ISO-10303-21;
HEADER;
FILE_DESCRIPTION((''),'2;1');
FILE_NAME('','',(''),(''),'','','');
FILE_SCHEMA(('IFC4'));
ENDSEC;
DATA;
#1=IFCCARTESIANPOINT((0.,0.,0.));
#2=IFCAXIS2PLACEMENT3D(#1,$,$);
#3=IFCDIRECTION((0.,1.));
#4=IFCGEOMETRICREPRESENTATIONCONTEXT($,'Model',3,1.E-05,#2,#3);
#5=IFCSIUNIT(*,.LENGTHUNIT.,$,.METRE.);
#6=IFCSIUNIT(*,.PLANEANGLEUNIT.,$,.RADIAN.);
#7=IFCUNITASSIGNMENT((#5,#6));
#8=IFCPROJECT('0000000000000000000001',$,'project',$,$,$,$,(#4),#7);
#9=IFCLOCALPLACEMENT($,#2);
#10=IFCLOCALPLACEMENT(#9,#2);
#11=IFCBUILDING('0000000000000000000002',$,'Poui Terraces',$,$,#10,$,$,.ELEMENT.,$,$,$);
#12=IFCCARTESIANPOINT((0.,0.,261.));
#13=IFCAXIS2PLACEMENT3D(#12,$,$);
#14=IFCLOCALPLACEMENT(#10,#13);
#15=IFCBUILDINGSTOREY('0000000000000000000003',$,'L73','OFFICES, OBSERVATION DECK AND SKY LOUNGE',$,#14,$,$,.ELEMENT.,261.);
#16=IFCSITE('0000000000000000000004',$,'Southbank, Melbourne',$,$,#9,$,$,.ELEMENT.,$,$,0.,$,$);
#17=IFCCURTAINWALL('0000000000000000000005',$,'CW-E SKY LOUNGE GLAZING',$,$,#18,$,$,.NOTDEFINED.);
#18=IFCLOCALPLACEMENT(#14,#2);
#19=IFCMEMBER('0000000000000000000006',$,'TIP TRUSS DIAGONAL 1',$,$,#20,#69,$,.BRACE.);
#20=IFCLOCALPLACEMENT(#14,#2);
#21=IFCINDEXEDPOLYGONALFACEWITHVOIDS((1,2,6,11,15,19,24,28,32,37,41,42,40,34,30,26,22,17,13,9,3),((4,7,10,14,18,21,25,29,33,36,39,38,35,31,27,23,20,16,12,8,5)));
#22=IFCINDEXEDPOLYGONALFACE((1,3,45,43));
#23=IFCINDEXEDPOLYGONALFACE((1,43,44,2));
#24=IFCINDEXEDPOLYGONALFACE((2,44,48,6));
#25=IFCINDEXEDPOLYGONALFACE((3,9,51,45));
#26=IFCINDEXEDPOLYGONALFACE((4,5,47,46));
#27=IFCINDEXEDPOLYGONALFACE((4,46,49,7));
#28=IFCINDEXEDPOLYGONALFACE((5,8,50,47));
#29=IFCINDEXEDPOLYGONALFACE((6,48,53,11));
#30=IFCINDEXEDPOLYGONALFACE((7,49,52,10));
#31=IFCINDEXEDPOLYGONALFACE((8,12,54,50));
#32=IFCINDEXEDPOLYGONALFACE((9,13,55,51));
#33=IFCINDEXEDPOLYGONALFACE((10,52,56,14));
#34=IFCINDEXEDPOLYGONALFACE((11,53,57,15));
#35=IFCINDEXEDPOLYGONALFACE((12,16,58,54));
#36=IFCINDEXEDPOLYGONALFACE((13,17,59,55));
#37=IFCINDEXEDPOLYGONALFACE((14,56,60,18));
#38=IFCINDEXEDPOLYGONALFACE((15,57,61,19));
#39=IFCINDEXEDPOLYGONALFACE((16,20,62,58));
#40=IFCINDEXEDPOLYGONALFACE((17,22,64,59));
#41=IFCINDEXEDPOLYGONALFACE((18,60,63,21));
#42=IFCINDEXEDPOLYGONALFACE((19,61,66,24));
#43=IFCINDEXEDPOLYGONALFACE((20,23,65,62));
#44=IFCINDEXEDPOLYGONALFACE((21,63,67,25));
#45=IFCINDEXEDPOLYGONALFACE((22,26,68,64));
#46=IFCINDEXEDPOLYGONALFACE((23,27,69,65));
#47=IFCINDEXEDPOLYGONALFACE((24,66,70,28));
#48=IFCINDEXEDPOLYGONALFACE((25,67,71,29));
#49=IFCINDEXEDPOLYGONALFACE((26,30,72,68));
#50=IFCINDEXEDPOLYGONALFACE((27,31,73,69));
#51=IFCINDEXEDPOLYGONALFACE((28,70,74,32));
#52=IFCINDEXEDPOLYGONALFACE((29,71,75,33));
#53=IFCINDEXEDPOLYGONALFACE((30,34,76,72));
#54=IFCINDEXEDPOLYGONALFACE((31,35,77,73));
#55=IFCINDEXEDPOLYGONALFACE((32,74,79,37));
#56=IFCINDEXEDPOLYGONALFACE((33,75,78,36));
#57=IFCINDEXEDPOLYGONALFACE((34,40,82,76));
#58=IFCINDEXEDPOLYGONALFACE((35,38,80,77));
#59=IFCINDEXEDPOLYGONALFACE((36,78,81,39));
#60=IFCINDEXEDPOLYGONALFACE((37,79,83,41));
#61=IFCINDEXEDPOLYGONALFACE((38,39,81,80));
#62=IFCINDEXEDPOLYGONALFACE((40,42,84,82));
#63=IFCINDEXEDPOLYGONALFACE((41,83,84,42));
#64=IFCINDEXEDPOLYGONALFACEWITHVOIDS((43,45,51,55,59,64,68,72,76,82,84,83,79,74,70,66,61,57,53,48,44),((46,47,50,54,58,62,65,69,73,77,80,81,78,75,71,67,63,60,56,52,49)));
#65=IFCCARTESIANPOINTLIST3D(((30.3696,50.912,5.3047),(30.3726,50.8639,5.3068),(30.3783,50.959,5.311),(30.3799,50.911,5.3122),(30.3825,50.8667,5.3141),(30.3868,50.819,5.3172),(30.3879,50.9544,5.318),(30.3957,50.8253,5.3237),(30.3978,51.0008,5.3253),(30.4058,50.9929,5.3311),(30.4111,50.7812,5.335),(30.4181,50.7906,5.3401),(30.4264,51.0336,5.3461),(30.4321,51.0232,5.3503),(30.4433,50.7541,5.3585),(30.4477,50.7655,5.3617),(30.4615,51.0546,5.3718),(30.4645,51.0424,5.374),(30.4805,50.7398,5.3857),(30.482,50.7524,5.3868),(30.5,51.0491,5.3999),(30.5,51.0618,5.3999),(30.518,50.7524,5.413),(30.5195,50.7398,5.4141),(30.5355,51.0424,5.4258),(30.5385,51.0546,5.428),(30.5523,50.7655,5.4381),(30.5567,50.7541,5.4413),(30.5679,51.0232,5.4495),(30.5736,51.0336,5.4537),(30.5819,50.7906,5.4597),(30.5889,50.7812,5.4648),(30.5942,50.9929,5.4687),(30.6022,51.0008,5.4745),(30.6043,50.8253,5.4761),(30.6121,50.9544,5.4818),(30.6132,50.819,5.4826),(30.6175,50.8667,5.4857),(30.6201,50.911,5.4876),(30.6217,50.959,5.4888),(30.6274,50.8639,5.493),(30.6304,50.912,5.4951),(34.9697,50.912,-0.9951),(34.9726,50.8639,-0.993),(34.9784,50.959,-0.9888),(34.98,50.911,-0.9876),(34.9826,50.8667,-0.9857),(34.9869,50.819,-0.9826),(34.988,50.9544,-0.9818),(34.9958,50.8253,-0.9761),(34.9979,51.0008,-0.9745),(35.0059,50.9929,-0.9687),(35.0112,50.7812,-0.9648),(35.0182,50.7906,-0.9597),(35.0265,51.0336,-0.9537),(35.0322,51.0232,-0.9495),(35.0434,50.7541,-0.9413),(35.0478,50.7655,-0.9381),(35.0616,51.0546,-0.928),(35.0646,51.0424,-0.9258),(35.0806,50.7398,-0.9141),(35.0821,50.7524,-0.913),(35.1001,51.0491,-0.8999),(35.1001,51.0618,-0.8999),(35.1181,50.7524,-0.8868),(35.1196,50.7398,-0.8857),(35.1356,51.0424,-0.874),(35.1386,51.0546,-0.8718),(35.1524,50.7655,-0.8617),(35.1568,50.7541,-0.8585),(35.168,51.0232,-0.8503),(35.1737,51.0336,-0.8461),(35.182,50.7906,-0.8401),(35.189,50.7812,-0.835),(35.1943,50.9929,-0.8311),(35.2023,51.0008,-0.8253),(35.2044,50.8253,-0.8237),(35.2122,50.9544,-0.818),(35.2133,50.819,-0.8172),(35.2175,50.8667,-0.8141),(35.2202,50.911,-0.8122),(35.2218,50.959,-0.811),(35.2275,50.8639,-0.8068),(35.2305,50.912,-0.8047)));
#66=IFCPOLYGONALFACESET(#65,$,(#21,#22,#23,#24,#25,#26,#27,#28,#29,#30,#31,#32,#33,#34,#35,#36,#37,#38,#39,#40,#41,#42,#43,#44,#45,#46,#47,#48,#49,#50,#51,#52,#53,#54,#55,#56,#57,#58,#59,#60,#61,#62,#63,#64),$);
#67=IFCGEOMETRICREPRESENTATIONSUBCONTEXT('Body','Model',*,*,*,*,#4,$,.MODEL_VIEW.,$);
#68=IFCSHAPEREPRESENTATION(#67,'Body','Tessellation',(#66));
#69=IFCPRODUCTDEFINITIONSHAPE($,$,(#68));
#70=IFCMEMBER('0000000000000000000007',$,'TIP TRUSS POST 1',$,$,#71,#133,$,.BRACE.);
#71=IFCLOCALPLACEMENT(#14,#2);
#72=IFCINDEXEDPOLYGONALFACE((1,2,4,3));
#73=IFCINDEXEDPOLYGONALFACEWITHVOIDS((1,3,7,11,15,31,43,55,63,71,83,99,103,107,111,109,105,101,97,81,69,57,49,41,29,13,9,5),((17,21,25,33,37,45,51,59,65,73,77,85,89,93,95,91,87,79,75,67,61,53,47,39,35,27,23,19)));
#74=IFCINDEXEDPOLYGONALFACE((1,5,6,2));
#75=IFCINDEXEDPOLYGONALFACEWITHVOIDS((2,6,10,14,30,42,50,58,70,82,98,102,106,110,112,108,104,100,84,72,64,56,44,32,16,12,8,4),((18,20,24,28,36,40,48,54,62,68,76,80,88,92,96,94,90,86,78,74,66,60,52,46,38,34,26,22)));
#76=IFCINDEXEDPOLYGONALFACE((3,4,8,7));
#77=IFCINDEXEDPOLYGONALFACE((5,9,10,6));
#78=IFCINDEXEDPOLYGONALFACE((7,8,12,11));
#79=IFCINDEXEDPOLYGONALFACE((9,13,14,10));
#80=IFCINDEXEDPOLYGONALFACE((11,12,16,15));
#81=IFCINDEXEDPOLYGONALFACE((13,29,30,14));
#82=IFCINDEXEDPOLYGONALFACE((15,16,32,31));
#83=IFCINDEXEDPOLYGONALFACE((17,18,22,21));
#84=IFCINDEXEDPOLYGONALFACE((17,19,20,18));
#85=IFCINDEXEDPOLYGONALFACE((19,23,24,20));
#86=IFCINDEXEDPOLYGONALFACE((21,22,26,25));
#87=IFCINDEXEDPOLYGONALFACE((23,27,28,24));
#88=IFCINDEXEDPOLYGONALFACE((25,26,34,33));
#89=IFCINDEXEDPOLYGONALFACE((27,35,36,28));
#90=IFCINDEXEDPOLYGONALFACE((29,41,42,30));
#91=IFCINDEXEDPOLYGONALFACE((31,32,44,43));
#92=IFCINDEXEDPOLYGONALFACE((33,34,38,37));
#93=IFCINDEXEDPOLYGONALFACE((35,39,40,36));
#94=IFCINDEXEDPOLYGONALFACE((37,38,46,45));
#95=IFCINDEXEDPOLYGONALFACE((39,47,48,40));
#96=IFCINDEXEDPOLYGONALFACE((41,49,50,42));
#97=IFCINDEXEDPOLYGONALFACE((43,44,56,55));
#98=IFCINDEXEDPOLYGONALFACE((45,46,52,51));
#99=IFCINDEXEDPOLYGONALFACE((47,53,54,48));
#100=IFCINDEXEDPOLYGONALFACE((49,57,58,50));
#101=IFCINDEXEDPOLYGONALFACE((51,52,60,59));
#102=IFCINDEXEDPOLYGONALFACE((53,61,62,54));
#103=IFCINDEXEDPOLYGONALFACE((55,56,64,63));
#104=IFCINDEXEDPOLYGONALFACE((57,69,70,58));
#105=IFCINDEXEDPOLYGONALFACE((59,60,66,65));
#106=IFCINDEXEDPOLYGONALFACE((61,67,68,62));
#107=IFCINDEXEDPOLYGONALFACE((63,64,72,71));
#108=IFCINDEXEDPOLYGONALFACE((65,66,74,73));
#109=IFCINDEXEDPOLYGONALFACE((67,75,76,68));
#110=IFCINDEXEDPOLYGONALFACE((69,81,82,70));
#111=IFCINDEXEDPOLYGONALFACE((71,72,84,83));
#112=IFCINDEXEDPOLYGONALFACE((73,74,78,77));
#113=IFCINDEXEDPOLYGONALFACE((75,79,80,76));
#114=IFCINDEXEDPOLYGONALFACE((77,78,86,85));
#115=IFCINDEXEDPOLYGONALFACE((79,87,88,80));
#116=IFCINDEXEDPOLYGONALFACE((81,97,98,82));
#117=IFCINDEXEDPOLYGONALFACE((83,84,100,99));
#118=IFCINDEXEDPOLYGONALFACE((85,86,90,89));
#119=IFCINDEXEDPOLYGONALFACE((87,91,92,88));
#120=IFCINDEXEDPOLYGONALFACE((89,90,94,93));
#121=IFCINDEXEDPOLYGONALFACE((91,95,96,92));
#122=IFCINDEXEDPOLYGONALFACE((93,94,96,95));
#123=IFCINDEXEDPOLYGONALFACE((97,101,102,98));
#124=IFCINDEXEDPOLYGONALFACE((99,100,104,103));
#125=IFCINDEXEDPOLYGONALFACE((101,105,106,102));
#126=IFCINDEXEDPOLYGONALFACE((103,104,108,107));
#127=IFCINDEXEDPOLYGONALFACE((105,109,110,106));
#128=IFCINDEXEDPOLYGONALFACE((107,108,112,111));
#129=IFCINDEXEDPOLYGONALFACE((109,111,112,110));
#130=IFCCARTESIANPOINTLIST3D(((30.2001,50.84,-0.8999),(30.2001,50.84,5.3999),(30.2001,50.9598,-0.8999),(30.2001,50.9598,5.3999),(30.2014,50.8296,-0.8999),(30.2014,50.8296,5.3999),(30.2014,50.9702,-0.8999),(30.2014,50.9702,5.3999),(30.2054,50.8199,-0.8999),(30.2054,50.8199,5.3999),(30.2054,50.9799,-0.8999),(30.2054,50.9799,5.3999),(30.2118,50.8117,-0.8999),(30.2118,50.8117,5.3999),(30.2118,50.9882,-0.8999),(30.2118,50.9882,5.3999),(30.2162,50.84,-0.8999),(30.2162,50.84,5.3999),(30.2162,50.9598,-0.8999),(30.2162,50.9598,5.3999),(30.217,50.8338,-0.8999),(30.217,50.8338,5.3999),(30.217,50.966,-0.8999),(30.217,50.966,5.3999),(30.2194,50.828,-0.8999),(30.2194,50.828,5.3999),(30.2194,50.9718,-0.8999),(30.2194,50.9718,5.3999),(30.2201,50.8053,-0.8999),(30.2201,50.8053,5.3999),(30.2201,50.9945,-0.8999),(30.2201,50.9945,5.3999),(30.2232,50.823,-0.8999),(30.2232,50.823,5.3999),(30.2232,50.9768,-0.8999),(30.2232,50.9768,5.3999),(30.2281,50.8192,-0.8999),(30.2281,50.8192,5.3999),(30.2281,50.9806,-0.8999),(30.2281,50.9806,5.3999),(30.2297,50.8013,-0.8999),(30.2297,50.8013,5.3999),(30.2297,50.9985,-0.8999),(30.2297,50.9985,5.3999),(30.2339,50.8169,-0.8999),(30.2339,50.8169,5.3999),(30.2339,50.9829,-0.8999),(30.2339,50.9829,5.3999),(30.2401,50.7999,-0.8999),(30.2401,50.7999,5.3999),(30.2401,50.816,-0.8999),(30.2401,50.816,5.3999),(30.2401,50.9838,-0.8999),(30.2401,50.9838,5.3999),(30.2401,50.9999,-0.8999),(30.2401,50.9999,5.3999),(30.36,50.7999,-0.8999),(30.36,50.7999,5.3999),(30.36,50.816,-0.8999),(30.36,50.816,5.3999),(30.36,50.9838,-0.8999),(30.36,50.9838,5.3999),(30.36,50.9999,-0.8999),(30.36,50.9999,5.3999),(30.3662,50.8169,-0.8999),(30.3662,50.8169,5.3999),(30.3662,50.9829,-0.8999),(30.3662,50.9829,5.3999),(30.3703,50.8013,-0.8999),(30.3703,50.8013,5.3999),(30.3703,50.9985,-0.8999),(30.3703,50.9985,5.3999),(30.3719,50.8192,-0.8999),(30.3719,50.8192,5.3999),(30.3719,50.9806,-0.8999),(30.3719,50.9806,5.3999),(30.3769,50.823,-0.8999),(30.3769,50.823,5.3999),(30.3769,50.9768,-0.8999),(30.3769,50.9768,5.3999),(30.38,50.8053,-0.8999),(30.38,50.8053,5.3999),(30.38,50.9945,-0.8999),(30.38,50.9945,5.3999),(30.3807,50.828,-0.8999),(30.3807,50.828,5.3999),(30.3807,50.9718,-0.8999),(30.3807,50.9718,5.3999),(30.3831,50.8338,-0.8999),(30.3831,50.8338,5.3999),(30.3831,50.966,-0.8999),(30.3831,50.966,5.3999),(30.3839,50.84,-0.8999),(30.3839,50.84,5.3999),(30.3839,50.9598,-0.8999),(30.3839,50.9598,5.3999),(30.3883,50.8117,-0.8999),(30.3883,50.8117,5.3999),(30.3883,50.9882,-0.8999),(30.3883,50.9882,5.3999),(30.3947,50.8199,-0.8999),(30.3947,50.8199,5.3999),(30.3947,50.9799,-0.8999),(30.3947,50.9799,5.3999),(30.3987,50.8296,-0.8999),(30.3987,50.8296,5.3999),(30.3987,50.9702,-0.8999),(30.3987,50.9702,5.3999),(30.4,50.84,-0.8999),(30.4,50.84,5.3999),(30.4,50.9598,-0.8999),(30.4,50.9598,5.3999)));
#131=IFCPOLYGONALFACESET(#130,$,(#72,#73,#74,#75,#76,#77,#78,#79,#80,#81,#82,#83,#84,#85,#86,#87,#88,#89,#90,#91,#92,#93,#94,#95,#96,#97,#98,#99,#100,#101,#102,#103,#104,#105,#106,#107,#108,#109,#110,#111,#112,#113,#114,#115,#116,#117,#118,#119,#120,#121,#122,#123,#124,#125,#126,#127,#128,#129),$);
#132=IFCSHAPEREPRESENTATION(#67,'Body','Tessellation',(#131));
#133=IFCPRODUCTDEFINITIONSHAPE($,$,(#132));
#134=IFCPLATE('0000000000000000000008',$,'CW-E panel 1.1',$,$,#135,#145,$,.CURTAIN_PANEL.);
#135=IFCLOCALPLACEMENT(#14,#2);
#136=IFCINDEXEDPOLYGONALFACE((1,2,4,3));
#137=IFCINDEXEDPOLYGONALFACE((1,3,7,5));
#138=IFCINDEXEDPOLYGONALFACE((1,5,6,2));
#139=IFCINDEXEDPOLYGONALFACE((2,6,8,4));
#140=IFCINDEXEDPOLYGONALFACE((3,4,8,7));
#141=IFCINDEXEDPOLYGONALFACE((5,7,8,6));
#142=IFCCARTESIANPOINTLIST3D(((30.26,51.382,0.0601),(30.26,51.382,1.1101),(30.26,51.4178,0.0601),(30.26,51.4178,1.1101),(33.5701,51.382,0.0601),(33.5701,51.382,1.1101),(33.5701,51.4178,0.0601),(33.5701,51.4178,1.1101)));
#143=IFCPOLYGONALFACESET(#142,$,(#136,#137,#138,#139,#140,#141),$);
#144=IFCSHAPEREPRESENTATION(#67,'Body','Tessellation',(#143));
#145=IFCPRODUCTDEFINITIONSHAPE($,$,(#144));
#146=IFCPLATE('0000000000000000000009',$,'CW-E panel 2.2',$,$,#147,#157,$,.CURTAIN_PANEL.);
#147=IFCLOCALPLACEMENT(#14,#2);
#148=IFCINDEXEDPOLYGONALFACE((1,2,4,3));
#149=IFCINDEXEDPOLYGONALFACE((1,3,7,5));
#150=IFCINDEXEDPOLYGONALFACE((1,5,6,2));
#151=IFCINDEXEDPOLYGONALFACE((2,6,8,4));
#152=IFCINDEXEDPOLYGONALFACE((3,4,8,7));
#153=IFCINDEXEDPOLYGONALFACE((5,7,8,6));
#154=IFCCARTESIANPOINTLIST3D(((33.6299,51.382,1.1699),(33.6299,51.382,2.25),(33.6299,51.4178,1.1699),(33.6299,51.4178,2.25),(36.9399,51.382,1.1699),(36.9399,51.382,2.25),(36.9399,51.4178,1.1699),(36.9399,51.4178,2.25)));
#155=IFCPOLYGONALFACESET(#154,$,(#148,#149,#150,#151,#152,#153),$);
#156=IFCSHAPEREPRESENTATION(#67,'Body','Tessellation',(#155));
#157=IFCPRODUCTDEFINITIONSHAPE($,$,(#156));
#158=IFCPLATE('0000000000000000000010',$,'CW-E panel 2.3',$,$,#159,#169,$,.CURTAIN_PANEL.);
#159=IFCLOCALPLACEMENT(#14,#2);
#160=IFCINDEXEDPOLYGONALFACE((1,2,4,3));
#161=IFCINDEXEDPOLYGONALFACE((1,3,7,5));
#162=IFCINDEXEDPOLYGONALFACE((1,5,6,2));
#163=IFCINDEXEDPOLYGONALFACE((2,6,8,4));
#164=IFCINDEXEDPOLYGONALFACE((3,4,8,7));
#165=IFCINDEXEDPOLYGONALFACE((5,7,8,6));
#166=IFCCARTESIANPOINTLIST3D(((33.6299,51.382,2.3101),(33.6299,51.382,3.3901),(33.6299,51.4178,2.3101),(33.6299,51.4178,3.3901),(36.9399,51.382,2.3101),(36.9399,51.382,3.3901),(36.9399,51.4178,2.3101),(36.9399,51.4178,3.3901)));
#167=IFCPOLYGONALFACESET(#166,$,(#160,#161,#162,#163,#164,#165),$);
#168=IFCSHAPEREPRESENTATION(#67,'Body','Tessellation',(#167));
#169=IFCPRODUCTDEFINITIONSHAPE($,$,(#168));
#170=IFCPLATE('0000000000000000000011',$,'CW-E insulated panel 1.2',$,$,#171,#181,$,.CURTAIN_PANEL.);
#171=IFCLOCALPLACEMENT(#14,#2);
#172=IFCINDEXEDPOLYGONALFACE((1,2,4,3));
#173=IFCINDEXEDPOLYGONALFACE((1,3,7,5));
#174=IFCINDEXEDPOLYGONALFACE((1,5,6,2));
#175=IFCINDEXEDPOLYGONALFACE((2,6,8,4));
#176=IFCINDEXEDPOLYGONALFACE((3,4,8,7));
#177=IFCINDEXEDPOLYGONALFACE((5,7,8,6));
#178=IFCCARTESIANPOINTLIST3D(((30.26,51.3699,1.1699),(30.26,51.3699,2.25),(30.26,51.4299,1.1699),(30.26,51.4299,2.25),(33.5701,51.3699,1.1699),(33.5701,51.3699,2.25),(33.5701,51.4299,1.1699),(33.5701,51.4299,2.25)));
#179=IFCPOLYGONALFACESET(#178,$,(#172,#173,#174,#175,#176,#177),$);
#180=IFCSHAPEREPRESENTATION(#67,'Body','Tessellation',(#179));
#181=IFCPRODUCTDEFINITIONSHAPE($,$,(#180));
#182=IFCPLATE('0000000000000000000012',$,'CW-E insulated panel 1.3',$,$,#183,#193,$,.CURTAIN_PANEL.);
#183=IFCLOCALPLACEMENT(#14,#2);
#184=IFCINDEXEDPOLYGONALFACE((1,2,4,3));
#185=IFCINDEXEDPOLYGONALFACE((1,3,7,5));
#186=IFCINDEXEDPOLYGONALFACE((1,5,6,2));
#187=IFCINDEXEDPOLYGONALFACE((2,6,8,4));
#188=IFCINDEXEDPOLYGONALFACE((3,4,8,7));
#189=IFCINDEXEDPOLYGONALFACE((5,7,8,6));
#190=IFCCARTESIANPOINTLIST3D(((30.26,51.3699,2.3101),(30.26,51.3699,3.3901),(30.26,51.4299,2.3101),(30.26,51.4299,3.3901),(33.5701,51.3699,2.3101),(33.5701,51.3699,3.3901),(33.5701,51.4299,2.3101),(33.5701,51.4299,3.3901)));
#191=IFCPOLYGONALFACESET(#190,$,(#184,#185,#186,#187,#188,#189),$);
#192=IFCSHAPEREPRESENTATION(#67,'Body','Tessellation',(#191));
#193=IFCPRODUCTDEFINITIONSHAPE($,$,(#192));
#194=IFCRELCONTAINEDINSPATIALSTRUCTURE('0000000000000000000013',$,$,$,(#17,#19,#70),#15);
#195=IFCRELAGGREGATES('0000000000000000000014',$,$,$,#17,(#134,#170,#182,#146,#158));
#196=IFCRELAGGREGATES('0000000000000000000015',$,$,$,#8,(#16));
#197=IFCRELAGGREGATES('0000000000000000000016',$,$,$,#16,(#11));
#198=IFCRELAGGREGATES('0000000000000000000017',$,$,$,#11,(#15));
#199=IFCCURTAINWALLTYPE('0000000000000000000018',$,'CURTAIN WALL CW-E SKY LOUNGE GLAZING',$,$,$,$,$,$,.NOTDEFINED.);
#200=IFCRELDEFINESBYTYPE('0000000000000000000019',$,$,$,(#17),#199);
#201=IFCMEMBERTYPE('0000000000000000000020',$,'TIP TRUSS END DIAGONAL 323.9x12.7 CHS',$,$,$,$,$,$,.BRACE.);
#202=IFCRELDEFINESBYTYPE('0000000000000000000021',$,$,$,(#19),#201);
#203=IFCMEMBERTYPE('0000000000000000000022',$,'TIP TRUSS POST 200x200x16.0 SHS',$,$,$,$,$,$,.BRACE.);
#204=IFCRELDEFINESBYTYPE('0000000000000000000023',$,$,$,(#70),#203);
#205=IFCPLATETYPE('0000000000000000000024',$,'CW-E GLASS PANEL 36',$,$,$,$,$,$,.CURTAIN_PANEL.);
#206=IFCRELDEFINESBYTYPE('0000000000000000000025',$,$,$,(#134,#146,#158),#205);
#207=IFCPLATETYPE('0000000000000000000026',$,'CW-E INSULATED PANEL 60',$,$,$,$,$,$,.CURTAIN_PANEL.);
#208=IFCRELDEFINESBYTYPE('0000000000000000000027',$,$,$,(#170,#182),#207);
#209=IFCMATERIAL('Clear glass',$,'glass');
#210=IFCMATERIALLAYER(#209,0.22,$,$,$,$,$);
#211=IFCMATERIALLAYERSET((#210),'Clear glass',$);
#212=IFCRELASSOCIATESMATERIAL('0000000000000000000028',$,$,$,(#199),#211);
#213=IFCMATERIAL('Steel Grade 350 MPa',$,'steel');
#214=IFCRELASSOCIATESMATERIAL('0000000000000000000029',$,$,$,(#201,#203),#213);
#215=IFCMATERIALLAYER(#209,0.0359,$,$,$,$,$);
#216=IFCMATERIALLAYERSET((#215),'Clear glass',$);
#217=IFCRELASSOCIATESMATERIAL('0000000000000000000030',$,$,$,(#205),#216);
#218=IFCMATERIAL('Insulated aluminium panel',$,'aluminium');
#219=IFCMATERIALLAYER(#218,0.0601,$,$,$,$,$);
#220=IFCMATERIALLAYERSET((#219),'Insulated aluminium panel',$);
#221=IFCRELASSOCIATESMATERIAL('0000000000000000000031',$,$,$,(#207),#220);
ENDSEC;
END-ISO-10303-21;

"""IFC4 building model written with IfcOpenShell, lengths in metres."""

from ifc_helpers import new_model, si_unit, direction, frame, origin, origin_2d, place, context, subcontext, project, spatial, rectangle, hollow_rectangle, hollow_circle, extrude, material, layer, layer_set, material_profile, profile_set, type_object, element, aggregate, save


model = new_model("IFC4")

# Units and contexts
model_context = context("Model", 3, precision=1e-05, world=origin(), true_north=direction((0.0, 1.0)))
body_context = subcontext(model_context, "Body", "Model", "MODEL_VIEW")
ifc_project = project(units=[si_unit("LENGTHUNIT", "METRE"), si_unit("PLANEANGLEUNIT", "RADIAN")], contexts=[model_context])

# Site, building, storey
site_placement = place(None, origin())
site = spatial("IfcSite", under=ifc_project, at=site_placement, Name="Southbank, Melbourne", CompositionType="ELEMENT", RefElevation=0.0)
building_placement = place(site_placement, origin())
building = spatial("IfcBuilding", under=site, at=building_placement, Name="Poui Terraces", CompositionType="ELEMENT")
storey_placement = place(building_placement, frame((0.0, 0.0, 261.0)))
storey = spatial("IfcBuildingStorey", under=building, at=storey_placement, Name="L73", Description="OFFICES, OBSERVATION DECK AND SKY LOUNGE", CompositionType="ELEMENT", Elevation=261.0)

# Curtain wall
ifc_material_1 = material(Name="Clear glass", Category="glass")
ifc_layer_1 = layer(ifc_material_1, 0.22)
ifc_layer_set_1 = layer_set([ifc_layer_1], Name="Clear glass")
curtain_wall_type = type_object("IfcCurtainWallType", Name="CURTAIN WALL CW-E SKY LOUNGE GLAZING", PredefinedType="NOTDEFINED", material=ifc_layer_set_1)
curtain_wall_placement = place(storey_placement, origin())
curtain_wall = element("IfcCurtainWall", 1, at=curtain_wall_placement, inside=storey, type_object=curtain_wall_type, Name="CW-E SKY LOUNGE GLAZING", PredefinedType="NOTDEFINED")

# Members
ifc_material_2 = material(Name="Steel Grade 350 MPa", Category="steel")
ifc_material_profile_1 = material_profile(ifc_material_2, hollow_circle(Radius=0.1619, WallThickness=0.0127, at=origin_2d()), Name="323.9x12.7 CHS")
ifc_profile_set_1 = profile_set([ifc_material_profile_1], Name="Steel Grade 350 MPa")
member_type_1 = type_object("IfcMemberType", Name="TIP TRUSS END DIAGONAL 323.9x12.7 CHS", PredefinedType="BRACE", material=ifc_profile_set_1)
member_1_placement = place(storey_placement, frame((30.5, 50.8999, 5.3999), z_axis=(0.589715, 0.0, -0.807611), x_axis=(0.0, 1.0, 0.0)))
element("IfcMember", 2, at=member_1_placement, inside=storey, type_object=member_type_1, Name="TIP TRUSS DIAGONAL 1", PredefinedType="BRACE", context=body_context, shape_type="SweptSolid", body=[
    extrude(hollow_circle(Radius=0.1619, WallThickness=0.0127, at=origin_2d()), origin(), (0.0, 0.0, 1.0), 7.8005),
])
ifc_material_profile_2 = material_profile(ifc_material_2, hollow_rectangle(XDim=0.2, YDim=0.2, WallThickness=0.0161, InnerFilletRadius=0.0239, OuterFilletRadius=0.04, at=origin_2d()), Name="200x200x16.0 SHS")
ifc_profile_set_2 = profile_set([ifc_material_profile_2], Name="Steel Grade 350 MPa")
member_type_2 = type_object("IfcMemberType", Name="TIP TRUSS POST 200x200x16.0 SHS", PredefinedType="BRACE", material=ifc_profile_set_2)
member_2_placement = place(storey_placement, frame((30.3, 50.8999, -0.8999), z_axis=(0.0, 0.0, 1.0), x_axis=(1.0, 0.0, 0.0)))
element("IfcMember", 3, at=member_2_placement, inside=storey, type_object=member_type_2, Name="TIP TRUSS POST 1", PredefinedType="BRACE", context=body_context, shape_type="SweptSolid", body=[
    extrude(hollow_rectangle(XDim=0.2, YDim=0.2, WallThickness=0.0161, InnerFilletRadius=0.0239, OuterFilletRadius=0.04, at=origin_2d()), origin(), (0.0, 0.0, 1.0), 6.2998),
])

# Plates
ifc_layer_2 = layer(ifc_material_1, 0.0359)
ifc_layer_set_2 = layer_set([ifc_layer_2], Name="Clear glass")
plate_type_1 = type_object("IfcPlateType", Name="CW-E GLASS PANEL 36", PredefinedType="CURTAIN_PANEL", material=ifc_layer_set_2)
plate_1_placement = place(storey_placement, frame((31.915, 51.3999, 0.0601), z_axis=(0.0, 0.0, 1.0), x_axis=(1.0, 0.0, 0.0)))
plate_1 = element("IfcPlate", 4, at=plate_1_placement, type_object=plate_type_1, Name="CW-E panel 1.1", PredefinedType="CURTAIN_PANEL", context=body_context, shape_type="SweptSolid", body=[
    extrude(rectangle(XDim=3.3101, YDim=0.0359, at=origin_2d()), origin(), (0.0, 0.0, 1.0), 1.05),
])
plate_2_placement = place(storey_placement, frame((35.2849, 51.3999, 1.1699), z_axis=(0.0, 0.0, 1.0), x_axis=(1.0, 0.0, 0.0)))
plate_2 = element("IfcPlate", 5, at=plate_2_placement, type_object=plate_type_1, Name="CW-E panel 2.2", PredefinedType="CURTAIN_PANEL", context=body_context, shape_type="SweptSolid", body=[
    extrude(rectangle(XDim=3.3101, YDim=0.0359, at=origin_2d()), origin(), (0.0, 0.0, 1.0), 1.0801),
])
plate_3_placement = place(storey_placement, frame((35.2849, 51.3999, 2.3101), z_axis=(0.0, 0.0, 1.0), x_axis=(1.0, 0.0, 0.0)))
plate_3 = element("IfcPlate", 6, at=plate_3_placement, type_object=plate_type_1, Name="CW-E panel 2.3", PredefinedType="CURTAIN_PANEL", context=body_context, shape_type="SweptSolid", body=[
    extrude(rectangle(XDim=3.3101, YDim=0.0359, at=origin_2d()), origin(), (0.0, 0.0, 1.0), 1.0801),
])
ifc_material_3 = material(Name="Insulated aluminium panel", Category="aluminium")
ifc_layer_3 = layer(ifc_material_3, 0.0601)
ifc_layer_set_3 = layer_set([ifc_layer_3], Name="Insulated aluminium panel")
plate_type_2 = type_object("IfcPlateType", Name="CW-E INSULATED PANEL 60", PredefinedType="CURTAIN_PANEL", material=ifc_layer_set_3)
plate_4_placement = place(storey_placement, frame((31.915, 51.3999, 1.1699), z_axis=(0.0, 0.0, 1.0), x_axis=(1.0, 0.0, 0.0)))
plate_4 = element("IfcPlate", 7, at=plate_4_placement, type_object=plate_type_2, Name="CW-E insulated panel 1.2", PredefinedType="CURTAIN_PANEL", context=body_context, shape_type="SweptSolid", body=[
    extrude(rectangle(XDim=3.3101, YDim=0.0601, at=origin_2d()), origin(), (0.0, 0.0, 1.0), 1.0801),
])
plate_5_placement = place(storey_placement, frame((31.915, 51.3999, 2.3101), z_axis=(0.0, 0.0, 1.0), x_axis=(1.0, 0.0, 0.0)))
plate_5 = element("IfcPlate", 8, at=plate_5_placement, type_object=plate_type_2, Name="CW-E insulated panel 1.3", PredefinedType="CURTAIN_PANEL", context=body_context, shape_type="SweptSolid", body=[
    extrude(rectangle(XDim=3.3101, YDim=0.0601, at=origin_2d()), origin(), (0.0, 0.0, 1.0), 1.0801),
])
aggregate(curtain_wall, [plate_1, plate_4, plate_5, plate_2, plate_3])

save(model, "model.ifc")
